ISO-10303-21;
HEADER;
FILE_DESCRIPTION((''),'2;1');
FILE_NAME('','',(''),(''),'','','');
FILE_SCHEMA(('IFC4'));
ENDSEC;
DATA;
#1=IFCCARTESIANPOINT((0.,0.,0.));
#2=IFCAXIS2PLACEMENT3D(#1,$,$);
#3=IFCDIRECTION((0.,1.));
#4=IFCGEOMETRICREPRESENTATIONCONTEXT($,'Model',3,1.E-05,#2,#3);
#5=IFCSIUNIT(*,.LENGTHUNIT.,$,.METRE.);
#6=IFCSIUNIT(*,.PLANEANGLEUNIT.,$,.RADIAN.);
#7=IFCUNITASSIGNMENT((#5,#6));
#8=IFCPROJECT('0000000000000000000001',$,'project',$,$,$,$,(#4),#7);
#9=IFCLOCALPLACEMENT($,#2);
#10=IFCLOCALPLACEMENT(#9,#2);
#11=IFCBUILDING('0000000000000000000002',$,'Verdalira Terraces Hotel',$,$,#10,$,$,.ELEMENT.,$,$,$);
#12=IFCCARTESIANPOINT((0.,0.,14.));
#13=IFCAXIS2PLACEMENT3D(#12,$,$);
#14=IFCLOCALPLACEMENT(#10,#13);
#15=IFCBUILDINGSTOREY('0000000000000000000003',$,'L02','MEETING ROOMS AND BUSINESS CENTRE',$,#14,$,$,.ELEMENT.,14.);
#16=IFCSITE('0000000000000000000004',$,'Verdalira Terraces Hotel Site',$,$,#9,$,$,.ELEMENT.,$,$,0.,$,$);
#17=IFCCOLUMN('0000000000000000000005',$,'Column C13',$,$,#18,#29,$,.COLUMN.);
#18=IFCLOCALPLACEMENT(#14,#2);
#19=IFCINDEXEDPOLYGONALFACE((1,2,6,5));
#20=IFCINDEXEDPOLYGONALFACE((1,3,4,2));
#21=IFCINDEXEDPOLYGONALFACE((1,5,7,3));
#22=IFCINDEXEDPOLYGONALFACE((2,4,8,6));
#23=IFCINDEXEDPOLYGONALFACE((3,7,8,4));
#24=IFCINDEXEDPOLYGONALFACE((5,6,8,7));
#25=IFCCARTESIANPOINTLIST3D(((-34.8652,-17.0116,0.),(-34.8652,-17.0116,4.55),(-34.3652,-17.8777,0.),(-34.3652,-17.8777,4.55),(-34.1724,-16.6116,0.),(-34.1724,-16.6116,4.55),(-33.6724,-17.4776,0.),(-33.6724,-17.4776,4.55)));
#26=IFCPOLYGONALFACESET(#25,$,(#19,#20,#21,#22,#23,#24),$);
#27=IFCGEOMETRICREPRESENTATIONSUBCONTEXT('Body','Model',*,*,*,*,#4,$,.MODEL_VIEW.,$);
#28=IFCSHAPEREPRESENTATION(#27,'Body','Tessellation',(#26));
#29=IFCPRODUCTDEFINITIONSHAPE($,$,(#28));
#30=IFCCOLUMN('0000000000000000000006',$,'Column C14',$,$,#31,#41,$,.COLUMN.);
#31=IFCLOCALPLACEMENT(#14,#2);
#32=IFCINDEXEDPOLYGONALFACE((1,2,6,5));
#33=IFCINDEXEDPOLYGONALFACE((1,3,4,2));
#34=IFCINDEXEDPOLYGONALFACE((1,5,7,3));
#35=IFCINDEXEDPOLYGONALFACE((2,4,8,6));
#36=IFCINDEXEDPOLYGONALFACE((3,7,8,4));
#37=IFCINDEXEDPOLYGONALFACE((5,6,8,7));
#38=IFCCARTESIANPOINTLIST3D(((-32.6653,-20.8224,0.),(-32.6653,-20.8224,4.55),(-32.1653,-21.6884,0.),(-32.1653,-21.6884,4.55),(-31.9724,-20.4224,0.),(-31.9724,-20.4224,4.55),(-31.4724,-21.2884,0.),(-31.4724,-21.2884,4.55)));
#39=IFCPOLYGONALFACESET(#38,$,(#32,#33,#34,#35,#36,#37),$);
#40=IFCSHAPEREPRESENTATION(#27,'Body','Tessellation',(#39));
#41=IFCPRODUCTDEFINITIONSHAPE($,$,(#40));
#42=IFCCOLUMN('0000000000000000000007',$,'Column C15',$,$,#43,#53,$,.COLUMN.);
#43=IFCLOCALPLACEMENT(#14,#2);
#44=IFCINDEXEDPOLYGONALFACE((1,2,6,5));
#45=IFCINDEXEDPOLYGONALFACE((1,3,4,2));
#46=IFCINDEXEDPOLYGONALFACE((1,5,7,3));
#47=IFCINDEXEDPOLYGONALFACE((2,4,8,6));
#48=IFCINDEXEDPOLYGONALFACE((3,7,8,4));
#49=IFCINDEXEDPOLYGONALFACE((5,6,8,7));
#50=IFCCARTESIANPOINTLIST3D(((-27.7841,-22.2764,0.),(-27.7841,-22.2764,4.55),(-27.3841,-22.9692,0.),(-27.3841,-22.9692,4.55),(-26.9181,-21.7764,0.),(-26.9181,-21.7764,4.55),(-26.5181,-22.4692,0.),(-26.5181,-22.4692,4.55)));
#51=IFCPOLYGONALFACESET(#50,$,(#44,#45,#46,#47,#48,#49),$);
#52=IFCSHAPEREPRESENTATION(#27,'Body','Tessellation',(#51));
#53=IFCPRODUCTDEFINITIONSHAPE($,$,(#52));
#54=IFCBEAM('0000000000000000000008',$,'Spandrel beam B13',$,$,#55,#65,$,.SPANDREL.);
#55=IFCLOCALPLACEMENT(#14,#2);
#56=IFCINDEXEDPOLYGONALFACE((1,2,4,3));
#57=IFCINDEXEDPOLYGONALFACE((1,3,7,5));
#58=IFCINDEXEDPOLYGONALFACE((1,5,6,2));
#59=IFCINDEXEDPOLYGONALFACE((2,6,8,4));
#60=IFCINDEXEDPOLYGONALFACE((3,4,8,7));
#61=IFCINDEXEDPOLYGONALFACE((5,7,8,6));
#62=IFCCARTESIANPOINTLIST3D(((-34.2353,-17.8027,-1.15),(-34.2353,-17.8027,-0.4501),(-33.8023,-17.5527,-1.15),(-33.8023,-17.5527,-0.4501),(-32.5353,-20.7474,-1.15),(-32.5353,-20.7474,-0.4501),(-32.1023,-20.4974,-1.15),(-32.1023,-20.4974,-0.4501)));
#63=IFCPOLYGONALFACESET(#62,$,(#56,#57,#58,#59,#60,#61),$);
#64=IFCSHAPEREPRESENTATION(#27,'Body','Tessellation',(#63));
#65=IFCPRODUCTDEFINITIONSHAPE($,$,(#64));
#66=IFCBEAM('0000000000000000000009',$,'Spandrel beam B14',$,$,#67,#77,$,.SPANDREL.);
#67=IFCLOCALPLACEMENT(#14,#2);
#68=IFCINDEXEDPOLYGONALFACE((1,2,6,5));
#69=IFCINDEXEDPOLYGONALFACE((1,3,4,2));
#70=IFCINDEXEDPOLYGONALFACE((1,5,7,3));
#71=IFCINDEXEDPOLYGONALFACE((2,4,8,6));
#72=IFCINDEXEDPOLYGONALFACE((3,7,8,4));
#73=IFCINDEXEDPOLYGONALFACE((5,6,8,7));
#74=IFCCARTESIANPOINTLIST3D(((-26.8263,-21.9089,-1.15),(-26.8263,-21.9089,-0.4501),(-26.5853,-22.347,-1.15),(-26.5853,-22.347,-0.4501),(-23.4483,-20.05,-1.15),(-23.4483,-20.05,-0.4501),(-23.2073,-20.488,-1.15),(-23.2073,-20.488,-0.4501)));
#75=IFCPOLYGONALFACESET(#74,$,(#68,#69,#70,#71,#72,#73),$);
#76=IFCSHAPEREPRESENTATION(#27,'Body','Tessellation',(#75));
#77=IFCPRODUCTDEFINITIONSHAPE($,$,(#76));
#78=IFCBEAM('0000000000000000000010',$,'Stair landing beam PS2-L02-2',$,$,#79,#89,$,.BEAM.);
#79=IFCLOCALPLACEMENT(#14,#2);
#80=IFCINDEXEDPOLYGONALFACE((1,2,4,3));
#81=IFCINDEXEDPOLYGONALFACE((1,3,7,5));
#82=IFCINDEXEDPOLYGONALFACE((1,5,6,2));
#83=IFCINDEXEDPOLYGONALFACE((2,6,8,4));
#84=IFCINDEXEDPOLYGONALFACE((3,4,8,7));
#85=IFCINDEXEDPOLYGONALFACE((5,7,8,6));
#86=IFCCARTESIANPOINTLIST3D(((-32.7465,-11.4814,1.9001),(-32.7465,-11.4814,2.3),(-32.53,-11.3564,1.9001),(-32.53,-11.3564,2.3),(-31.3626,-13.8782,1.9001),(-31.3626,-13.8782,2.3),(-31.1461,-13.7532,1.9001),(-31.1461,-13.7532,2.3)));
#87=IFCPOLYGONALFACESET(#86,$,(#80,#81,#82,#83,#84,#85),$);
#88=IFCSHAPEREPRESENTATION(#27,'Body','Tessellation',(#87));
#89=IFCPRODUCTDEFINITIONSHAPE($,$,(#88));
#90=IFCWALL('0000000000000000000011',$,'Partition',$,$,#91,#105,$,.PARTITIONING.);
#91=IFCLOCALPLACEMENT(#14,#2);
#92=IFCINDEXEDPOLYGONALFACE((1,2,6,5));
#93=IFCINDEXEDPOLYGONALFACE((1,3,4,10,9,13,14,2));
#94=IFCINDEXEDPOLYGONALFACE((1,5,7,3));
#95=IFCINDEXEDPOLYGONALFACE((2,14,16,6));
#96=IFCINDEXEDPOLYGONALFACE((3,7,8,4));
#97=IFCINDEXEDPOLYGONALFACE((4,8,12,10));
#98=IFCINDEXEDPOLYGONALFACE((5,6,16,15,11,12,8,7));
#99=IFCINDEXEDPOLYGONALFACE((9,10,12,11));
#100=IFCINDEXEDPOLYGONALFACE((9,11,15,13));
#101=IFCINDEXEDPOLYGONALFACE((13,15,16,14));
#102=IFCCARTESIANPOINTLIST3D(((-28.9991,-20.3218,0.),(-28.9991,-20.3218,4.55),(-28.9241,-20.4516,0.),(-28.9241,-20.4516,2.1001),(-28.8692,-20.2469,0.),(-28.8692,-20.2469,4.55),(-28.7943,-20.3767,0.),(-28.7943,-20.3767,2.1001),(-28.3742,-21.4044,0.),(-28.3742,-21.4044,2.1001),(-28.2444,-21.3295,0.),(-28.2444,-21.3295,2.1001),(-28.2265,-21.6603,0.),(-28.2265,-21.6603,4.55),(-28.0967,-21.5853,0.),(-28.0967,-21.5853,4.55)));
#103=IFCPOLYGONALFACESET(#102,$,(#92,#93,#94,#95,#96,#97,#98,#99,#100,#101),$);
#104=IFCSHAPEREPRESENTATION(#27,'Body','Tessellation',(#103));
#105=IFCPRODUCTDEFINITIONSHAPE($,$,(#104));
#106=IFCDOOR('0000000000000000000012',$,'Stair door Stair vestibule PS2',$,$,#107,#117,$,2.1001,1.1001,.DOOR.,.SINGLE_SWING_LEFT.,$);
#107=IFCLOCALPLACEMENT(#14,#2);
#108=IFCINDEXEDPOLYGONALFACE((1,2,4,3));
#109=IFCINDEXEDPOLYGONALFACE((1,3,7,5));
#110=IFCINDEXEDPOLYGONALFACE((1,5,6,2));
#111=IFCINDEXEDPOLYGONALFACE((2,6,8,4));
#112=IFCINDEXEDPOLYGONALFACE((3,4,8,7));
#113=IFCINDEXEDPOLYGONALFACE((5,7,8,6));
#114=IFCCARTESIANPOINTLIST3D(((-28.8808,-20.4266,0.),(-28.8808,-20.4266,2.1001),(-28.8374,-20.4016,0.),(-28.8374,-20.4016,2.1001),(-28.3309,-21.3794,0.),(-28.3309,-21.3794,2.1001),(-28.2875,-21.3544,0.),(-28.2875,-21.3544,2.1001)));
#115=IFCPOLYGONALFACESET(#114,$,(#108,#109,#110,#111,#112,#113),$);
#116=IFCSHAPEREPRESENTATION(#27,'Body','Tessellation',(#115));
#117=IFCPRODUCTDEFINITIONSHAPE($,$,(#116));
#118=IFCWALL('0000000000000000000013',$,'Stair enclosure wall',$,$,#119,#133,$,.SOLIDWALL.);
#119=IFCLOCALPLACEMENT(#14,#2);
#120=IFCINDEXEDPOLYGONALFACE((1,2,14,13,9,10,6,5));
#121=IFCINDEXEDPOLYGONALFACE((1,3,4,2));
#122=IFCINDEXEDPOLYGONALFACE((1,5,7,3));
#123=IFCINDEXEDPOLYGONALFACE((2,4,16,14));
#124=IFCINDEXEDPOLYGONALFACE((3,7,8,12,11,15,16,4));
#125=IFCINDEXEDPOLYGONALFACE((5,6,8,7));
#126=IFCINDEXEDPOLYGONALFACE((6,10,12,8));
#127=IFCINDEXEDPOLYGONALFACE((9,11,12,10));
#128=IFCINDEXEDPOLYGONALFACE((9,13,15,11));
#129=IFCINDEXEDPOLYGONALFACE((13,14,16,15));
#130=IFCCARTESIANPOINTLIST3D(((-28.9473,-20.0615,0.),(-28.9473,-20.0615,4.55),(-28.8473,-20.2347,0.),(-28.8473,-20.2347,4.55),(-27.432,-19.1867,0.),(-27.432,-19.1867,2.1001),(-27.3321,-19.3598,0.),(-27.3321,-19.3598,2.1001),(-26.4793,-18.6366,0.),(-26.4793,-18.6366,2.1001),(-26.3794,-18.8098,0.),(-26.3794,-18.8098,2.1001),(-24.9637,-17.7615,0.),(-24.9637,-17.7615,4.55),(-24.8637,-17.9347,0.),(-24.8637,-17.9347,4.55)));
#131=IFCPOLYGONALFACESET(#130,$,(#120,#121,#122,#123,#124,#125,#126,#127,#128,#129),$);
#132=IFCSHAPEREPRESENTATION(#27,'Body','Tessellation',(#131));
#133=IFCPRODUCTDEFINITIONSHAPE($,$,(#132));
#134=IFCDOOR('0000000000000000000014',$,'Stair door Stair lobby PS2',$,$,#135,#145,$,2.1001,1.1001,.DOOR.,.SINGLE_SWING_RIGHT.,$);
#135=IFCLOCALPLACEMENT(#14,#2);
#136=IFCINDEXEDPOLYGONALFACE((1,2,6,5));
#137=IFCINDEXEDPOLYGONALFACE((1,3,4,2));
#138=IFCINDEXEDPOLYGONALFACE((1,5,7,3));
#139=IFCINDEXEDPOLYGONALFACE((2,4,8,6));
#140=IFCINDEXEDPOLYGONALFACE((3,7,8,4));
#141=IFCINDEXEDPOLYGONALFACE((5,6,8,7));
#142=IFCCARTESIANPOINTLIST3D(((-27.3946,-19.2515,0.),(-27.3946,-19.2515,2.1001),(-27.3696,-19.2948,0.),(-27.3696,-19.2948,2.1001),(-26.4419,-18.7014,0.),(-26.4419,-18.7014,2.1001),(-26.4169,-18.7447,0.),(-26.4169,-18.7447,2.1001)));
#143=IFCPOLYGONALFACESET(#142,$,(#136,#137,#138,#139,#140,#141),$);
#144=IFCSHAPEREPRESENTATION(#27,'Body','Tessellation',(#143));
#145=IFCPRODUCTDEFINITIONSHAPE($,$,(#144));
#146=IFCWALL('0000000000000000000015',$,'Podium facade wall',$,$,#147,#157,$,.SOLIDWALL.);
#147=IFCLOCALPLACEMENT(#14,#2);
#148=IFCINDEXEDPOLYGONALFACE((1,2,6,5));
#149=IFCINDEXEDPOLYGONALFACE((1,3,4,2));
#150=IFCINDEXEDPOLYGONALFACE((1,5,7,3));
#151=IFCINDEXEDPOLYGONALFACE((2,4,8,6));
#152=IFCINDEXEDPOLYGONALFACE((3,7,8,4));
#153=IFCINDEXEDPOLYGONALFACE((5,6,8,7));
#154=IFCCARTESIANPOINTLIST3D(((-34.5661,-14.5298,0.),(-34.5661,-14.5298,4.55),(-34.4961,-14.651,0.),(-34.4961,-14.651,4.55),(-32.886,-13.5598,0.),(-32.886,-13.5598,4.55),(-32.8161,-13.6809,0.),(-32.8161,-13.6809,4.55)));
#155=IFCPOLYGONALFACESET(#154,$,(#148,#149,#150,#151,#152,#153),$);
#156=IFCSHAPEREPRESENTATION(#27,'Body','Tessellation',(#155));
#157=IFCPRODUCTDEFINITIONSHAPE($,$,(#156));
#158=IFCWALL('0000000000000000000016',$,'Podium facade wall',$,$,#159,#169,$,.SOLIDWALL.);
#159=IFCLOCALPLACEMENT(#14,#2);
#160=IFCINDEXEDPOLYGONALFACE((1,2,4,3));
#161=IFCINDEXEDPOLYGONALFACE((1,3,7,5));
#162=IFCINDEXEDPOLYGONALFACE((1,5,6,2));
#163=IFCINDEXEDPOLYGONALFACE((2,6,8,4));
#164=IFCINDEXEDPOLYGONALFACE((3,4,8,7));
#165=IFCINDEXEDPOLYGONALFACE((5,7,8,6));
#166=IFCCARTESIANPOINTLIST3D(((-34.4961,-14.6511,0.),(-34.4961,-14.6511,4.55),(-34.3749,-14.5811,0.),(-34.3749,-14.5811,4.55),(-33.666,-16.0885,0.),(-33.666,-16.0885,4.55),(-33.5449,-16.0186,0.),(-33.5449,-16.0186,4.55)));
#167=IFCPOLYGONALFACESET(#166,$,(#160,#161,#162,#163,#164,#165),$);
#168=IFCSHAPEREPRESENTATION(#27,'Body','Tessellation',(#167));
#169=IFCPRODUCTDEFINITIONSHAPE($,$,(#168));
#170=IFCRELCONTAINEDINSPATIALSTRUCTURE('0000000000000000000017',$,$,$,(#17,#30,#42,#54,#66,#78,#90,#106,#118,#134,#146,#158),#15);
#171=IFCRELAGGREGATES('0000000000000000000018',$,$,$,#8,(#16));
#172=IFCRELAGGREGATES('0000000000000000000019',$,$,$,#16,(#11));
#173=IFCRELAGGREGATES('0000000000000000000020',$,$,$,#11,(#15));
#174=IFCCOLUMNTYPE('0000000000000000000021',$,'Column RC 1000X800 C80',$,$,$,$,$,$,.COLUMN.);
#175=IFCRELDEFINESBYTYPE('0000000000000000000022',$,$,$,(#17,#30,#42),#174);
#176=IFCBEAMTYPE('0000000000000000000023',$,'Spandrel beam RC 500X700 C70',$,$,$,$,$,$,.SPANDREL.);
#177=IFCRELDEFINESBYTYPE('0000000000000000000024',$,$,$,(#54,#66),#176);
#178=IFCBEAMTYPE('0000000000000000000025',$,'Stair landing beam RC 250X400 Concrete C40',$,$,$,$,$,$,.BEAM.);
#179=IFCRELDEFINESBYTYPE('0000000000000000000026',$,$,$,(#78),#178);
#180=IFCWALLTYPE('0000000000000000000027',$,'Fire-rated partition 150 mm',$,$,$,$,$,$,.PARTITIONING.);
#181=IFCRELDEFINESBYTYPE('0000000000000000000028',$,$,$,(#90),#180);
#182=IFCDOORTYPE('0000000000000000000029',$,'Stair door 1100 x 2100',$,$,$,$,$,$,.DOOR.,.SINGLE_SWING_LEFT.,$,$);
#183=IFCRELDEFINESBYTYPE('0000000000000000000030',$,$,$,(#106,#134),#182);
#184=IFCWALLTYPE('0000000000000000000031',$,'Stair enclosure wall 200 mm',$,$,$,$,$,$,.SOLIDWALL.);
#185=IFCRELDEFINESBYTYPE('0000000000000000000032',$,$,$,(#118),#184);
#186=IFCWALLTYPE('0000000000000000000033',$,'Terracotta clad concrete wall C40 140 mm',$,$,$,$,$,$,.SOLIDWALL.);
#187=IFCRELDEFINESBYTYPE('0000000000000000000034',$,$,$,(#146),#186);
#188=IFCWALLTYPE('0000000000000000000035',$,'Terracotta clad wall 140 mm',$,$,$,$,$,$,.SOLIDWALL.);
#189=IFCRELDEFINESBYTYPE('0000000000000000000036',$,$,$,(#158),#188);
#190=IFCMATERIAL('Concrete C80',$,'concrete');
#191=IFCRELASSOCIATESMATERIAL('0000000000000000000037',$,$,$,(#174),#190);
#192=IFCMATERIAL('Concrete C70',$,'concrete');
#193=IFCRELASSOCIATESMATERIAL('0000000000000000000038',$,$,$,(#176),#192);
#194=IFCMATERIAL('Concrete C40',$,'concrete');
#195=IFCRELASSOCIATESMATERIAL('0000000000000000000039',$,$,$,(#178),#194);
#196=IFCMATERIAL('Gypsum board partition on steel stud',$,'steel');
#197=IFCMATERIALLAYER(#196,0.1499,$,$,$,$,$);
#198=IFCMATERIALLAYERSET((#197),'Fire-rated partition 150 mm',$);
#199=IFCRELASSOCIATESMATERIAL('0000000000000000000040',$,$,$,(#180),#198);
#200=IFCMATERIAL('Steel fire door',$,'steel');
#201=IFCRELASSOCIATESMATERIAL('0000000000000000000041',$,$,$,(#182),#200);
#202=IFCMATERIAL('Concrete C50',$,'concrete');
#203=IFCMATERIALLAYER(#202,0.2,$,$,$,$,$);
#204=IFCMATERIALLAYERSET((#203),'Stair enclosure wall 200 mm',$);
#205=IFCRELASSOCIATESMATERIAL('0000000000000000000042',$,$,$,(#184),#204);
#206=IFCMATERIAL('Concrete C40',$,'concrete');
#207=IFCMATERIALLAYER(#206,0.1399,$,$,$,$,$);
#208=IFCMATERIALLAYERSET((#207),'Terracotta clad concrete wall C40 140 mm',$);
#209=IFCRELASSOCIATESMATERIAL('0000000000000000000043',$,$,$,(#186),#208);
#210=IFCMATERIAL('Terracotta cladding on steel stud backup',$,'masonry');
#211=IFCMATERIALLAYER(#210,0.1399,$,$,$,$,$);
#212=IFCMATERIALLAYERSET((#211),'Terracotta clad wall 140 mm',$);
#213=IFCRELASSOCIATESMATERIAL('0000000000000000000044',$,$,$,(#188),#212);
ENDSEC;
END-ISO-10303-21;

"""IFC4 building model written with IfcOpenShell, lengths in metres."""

from ifc_helpers import new_model, si_unit, direction, frame, frame_2d, origin, origin_2d, place, context, subcontext, project, spatial, rectangle, extrude, material, layer, layer_set, material_profile, profile_set, type_object, element, fill, save


model = new_model("IFC4")

# Units and contexts
model_context = context("Model", 3, precision=1e-05, world=origin(), true_north=direction((0.0, 1.0)))
body_context = subcontext(model_context, "Body", "Model", "MODEL_VIEW")
ifc_project = project(units=[si_unit("LENGTHUNIT", "METRE"), si_unit("PLANEANGLEUNIT", "RADIAN")], contexts=[model_context])

# Site, building, storey
site_placement = place(None, origin())
site = spatial("IfcSite", under=ifc_project, at=site_placement, Name="Verdalira Terraces Hotel Site", CompositionType="ELEMENT", RefElevation=0.0)
building_placement = place(site_placement, origin())
building = spatial("IfcBuilding", under=site, at=building_placement, Name="Verdalira Terraces Hotel", CompositionType="ELEMENT")
storey_placement = place(building_placement, frame((0.0, 0.0, 14.0)))
storey = spatial("IfcBuildingStorey", under=building, at=storey_placement, Name="L02", Description="MEETING ROOMS AND BUSINESS CENTRE", CompositionType="ELEMENT", Elevation=14.0)

# Columns
ifc_material_1 = material(Name="Concrete C80", Category="concrete")
ifc_material_profile_1 = material_profile(ifc_material_1, rectangle(XDim=1.0, YDim=0.8, at=origin_2d()), Name="RC 1000X800")
ifc_profile_set_1 = profile_set([ifc_material_profile_1], Name="Concrete C80")
column_type = type_object("IfcColumnType", Name="Column RC 1000X800 C80", PredefinedType="COLUMN", material=ifc_profile_set_1)
for number, where, z_axis, x_axis, name in (
    (1, (-34.2688, -17.2446, 0.0), (0.0, 0.0, 1.0), (0.5, -0.866025, 0.0), "Column C13"),
    (2, (-32.0688, -21.0554, 0.0), (0.0, 0.0, 1.0), (0.5, -0.866025, 0.0), "Column C14"),
    (3, (-27.1511, -22.3728, 0.0), (0.0, 0.0, 1.0), (0.866025, 0.5, 0.0), "Column C15"),
):
    element("IfcColumn", number, at=place(storey_placement, frame(where, z_axis=z_axis, x_axis=x_axis)), inside=storey, type_object=column_type, Name=name, PredefinedType="COLUMN", context=body_context, shape_type="SweptSolid", body=[
        extrude(rectangle(XDim=1.0, YDim=0.8, at=origin_2d()), origin(), (0.0, 0.0, 1.0), 4.55),
    ])

# Beams
ifc_material_2 = material(Name="Concrete C70", Category="concrete")
ifc_material_profile_2 = material_profile(ifc_material_2, rectangle(XDim=0.5, YDim=0.7, at=origin_2d()), Name="RC 500X700")
ifc_profile_set_2 = profile_set([ifc_material_profile_2], Name="Concrete C70")
beam_type_1 = type_object("IfcBeamType", Name="Spandrel beam RC 500X700 C70", PredefinedType="SPANDREL", material=ifc_profile_set_2)
beam_1_placement = place(storey_placement, frame((-34.0188, -17.6777, -0.8), z_axis=(0.499977, -0.866039, 0.0), x_axis=(0.866039, 0.499977, 0.0)))
element("IfcBeam", 4, at=beam_1_placement, inside=storey, type_object=beam_type_1, Name="Spandrel beam B13", PredefinedType="SPANDREL", context=body_context, shape_type="SweptSolid", body=[
    extrude(rectangle(XDim=0.5, YDim=0.7, at=origin_2d()), origin(), (0.0, 0.0, 1.0), 3.4001),
])
beam_2_placement = place(storey_placement, frame((-26.7058, -22.1279, -0.8), z_axis=(0.876104, 0.482123, 0.0), x_axis=(-0.482123, 0.876104, 0.0)))
element("IfcBeam", 5, at=beam_2_placement, inside=storey, type_object=beam_type_1, Name="Spandrel beam B14", PredefinedType="SPANDREL", context=body_context, shape_type="SweptSolid", body=[
    extrude(rectangle(XDim=0.5, YDim=0.7, at=origin_2d()), origin(), (0.0, 0.0, 1.0), 3.8557),
])
ifc_material_3 = material(Name="Concrete C40", Category="concrete")
ifc_material_profile_3 = material_profile(ifc_material_3, rectangle(XDim=0.25, YDim=0.3999, at=origin_2d()), Name="RC 250X400")
ifc_profile_set_3 = profile_set([ifc_material_profile_3], Name="Concrete C40")
beam_type_2 = type_object("IfcBeamType", Name="Stair landing beam RC 250X400 Concrete C40", PredefinedType="BEAM", material=ifc_profile_set_3)
beam_3_placement = place(storey_placement, frame((-31.2544, -13.8157, 2.1001), z_axis=(-0.50001, 0.86602, 0.0), x_axis=(-0.86602, -0.50001, 0.0)))
element("IfcBeam", 6, at=beam_3_placement, inside=storey, type_object=beam_type_2, Name="Stair landing beam PS2-L02-2", PredefinedType="BEAM", context=body_context, shape_type="SweptSolid", body=[
    extrude(rectangle(XDim=0.25, YDim=0.3999, at=origin_2d()), origin(), (0.0, 0.0, 1.0), 2.7676),
])

# Walls, openings, doors
ifc_material_4 = material(Name="Gypsum board partition on steel stud", Category="steel")
ifc_layer_1 = layer(ifc_material_4, 0.1499)
ifc_layer_set_1 = layer_set([ifc_layer_1], Name="Fire-rated partition 150 mm")
wall_type_1 = type_object("IfcWallType", Name="Fire-rated partition 150 mm", PredefinedType="PARTITIONING", material=ifc_layer_set_1)
wall_1_placement = place(storey_placement, frame((-28.1616, -21.6228, 0.0), z_axis=(0.0, 0.0, 1.0), x_axis=(-0.499877, 0.866096, 0.0)))
wall_1 = element("IfcWall", 7, at=wall_1_placement, inside=storey, type_object=wall_type_1, Name="Partition", PredefinedType="PARTITIONING", context=body_context, shape_type="SweptSolid", body=[
    extrude(rectangle(XDim=1.5454, YDim=0.1499, at=frame_2d((0.7727, 0.0))), origin(), (0.0, 0.0, 1.0), 4.55),
])
opening_1_placement = place(wall_1_placement, frame((0.2954, 0.0, 0.0)))
opening_1 = element("IfcOpeningElement", 8, at=opening_1_placement, cuts=wall_1, PredefinedType="OPENING", context=body_context, shape_type="SweptSolid", body=[
    extrude(rectangle(XDim=1.1001, YDim=2.1001, at=frame_2d((0.55, 1.05))), frame((0.0, 0.085, 0.0), z_axis=(0.0, -1.0, 0.0), x_axis=(1.0, 0.0, 0.0)), (0.0, 0.0, 1.0), 0.1699),
])
ifc_material_5 = material(Name="Steel fire door", Category="steel")
door_type = type_object("IfcDoorType", Name="Stair door 1100 x 2100", OperationType="SINGLE_SWING_LEFT", PredefinedType="DOOR", material=ifc_material_5)
door_1_placement = place(opening_1_placement, origin())
door_1 = element("IfcDoor", 9, at=door_1_placement, inside=storey, type_object=door_type, Name="Stair door Stair vestibule PS2", OperationType="SINGLE_SWING_LEFT", OverallHeight=2.1001, OverallWidth=1.1001, PredefinedType="DOOR", context=body_context, shape_type="SweptSolid", body=[
    extrude(rectangle(XDim=1.1001, YDim=2.1001, at=frame_2d((0.55, 1.05))), frame((0.0, 0.0249, 0.0), z_axis=(0.0, -1.0, 0.0), x_axis=(1.0, 0.0, 0.0)), (0.0, 0.0, 1.0), 0.05),
])
fill(opening_1, door_1)
ifc_material_6 = material(Name="Concrete C50", Category="concrete")
ifc_layer_2 = layer(ifc_material_6, 0.2)
ifc_layer_set_2 = layer_set([ifc_layer_2], Name="Stair enclosure wall 200 mm")
wall_type_2 = type_object("IfcWallType", Name="Stair enclosure wall 200 mm", PredefinedType="SOLIDWALL", material=ifc_layer_set_2)
wall_2_placement = place(storey_placement, frame((-24.9138, -17.8481, 0.0), z_axis=(0.0, 0.0, 1.0), x_axis=(-0.866017, -0.500015, 0.0)))
wall_2 = element("IfcWall", 10, at=wall_2_placement, inside=storey, type_object=wall_type_2, Name="Stair enclosure wall", PredefinedType="SOLIDWALL", context=body_context, shape_type="SweptSolid", body=[
    extrude(rectangle(XDim=4.5999, YDim=0.2, at=frame_2d((2.2998, 0.0))), origin(), (0.0, 0.0, 1.0), 4.55),
])
opening_2_placement = place(wall_2_placement, frame((1.75, 0.0, 0.0)))
opening_2 = element("IfcOpeningElement", 11, at=opening_2_placement, cuts=wall_2, PredefinedType="OPENING", context=body_context, shape_type="SweptSolid", body=[
    extrude(rectangle(XDim=1.1001, YDim=2.1001, at=frame_2d((0.55, 1.05))), frame((0.0, 0.1099, 0.0), z_axis=(0.0, -1.0, 0.0), x_axis=(1.0, 0.0, 0.0)), (0.0, 0.0, 1.0), 0.22),
])
door_2_placement = place(opening_2_placement, origin())
door_2 = element("IfcDoor", 12, at=door_2_placement, inside=storey, type_object=door_type, Name="Stair door Stair lobby PS2", OperationType="SINGLE_SWING_RIGHT", OverallHeight=2.1001, OverallWidth=1.1001, PredefinedType="DOOR", context=body_context, shape_type="SweptSolid", body=[
    extrude(rectangle(XDim=1.1001, YDim=2.1001, at=frame_2d((0.55, 1.05))), frame((0.0, 0.0249, 0.0), z_axis=(0.0, -1.0, 0.0), x_axis=(1.0, 0.0, 0.0)), (0.0, 0.0, 1.0), 0.05),
])
fill(opening_2, door_2)

# Walls
ifc_material_7 = material(Name="Concrete C40", Category="concrete")
ifc_layer_3 = layer(ifc_material_7, 0.1399)
ifc_layer_set_3 = layer_set([ifc_layer_3], Name="Terracotta clad concrete wall C40 140 mm")
wall_type_3 = type_object("IfcWallType", Name="Terracotta clad concrete wall C40 140 mm", PredefinedType="SOLIDWALL", material=ifc_layer_set_3)
wall_3_placement = place(storey_placement, frame((-32.8511, -13.6204, 0.0), z_axis=(0.0, 0.0, 1.0), x_axis=(-0.866012, -0.500024, 0.0)))
element("IfcWall", 13, at=wall_3_placement, inside=storey, type_object=wall_type_3, Name="Podium facade wall", PredefinedType="SOLIDWALL", context=body_context, shape_type="SweptSolid", body=[
    extrude(rectangle(XDim=1.9399, YDim=0.1399, at=frame_2d((0.97, 0.0))), origin(), (0.0, 0.0, 1.0), 4.55),
])
ifc_material_8 = material(Name="Terracotta cladding on steel stud backup", Category="masonry")
ifc_layer_4 = layer(ifc_material_8, 0.1399)
ifc_layer_set_4 = layer_set([ifc_layer_4], Name="Terracotta clad wall 140 mm")
wall_type_4 = type_object("IfcWallType", Name="Terracotta clad wall 140 mm", PredefinedType="SOLIDWALL", material=ifc_layer_set_4)
wall_4_placement = place(storey_placement, frame((-34.4355, -14.616, 0.0), z_axis=(0.0, 0.0, 1.0), x_axis=(0.500062, -0.86599, 0.0)))
element("IfcWall", 14, at=wall_4_placement, inside=storey, type_object=wall_type_4, Name="Podium facade wall", PredefinedType="SOLIDWALL", context=body_context, shape_type="SweptSolid", body=[
    extrude(rectangle(XDim=1.6599, YDim=0.1399, at=frame_2d((0.8301, 0.0))), origin(), (0.0, 0.0, 1.0), 4.55),
])

save(model, "model.ifc")
